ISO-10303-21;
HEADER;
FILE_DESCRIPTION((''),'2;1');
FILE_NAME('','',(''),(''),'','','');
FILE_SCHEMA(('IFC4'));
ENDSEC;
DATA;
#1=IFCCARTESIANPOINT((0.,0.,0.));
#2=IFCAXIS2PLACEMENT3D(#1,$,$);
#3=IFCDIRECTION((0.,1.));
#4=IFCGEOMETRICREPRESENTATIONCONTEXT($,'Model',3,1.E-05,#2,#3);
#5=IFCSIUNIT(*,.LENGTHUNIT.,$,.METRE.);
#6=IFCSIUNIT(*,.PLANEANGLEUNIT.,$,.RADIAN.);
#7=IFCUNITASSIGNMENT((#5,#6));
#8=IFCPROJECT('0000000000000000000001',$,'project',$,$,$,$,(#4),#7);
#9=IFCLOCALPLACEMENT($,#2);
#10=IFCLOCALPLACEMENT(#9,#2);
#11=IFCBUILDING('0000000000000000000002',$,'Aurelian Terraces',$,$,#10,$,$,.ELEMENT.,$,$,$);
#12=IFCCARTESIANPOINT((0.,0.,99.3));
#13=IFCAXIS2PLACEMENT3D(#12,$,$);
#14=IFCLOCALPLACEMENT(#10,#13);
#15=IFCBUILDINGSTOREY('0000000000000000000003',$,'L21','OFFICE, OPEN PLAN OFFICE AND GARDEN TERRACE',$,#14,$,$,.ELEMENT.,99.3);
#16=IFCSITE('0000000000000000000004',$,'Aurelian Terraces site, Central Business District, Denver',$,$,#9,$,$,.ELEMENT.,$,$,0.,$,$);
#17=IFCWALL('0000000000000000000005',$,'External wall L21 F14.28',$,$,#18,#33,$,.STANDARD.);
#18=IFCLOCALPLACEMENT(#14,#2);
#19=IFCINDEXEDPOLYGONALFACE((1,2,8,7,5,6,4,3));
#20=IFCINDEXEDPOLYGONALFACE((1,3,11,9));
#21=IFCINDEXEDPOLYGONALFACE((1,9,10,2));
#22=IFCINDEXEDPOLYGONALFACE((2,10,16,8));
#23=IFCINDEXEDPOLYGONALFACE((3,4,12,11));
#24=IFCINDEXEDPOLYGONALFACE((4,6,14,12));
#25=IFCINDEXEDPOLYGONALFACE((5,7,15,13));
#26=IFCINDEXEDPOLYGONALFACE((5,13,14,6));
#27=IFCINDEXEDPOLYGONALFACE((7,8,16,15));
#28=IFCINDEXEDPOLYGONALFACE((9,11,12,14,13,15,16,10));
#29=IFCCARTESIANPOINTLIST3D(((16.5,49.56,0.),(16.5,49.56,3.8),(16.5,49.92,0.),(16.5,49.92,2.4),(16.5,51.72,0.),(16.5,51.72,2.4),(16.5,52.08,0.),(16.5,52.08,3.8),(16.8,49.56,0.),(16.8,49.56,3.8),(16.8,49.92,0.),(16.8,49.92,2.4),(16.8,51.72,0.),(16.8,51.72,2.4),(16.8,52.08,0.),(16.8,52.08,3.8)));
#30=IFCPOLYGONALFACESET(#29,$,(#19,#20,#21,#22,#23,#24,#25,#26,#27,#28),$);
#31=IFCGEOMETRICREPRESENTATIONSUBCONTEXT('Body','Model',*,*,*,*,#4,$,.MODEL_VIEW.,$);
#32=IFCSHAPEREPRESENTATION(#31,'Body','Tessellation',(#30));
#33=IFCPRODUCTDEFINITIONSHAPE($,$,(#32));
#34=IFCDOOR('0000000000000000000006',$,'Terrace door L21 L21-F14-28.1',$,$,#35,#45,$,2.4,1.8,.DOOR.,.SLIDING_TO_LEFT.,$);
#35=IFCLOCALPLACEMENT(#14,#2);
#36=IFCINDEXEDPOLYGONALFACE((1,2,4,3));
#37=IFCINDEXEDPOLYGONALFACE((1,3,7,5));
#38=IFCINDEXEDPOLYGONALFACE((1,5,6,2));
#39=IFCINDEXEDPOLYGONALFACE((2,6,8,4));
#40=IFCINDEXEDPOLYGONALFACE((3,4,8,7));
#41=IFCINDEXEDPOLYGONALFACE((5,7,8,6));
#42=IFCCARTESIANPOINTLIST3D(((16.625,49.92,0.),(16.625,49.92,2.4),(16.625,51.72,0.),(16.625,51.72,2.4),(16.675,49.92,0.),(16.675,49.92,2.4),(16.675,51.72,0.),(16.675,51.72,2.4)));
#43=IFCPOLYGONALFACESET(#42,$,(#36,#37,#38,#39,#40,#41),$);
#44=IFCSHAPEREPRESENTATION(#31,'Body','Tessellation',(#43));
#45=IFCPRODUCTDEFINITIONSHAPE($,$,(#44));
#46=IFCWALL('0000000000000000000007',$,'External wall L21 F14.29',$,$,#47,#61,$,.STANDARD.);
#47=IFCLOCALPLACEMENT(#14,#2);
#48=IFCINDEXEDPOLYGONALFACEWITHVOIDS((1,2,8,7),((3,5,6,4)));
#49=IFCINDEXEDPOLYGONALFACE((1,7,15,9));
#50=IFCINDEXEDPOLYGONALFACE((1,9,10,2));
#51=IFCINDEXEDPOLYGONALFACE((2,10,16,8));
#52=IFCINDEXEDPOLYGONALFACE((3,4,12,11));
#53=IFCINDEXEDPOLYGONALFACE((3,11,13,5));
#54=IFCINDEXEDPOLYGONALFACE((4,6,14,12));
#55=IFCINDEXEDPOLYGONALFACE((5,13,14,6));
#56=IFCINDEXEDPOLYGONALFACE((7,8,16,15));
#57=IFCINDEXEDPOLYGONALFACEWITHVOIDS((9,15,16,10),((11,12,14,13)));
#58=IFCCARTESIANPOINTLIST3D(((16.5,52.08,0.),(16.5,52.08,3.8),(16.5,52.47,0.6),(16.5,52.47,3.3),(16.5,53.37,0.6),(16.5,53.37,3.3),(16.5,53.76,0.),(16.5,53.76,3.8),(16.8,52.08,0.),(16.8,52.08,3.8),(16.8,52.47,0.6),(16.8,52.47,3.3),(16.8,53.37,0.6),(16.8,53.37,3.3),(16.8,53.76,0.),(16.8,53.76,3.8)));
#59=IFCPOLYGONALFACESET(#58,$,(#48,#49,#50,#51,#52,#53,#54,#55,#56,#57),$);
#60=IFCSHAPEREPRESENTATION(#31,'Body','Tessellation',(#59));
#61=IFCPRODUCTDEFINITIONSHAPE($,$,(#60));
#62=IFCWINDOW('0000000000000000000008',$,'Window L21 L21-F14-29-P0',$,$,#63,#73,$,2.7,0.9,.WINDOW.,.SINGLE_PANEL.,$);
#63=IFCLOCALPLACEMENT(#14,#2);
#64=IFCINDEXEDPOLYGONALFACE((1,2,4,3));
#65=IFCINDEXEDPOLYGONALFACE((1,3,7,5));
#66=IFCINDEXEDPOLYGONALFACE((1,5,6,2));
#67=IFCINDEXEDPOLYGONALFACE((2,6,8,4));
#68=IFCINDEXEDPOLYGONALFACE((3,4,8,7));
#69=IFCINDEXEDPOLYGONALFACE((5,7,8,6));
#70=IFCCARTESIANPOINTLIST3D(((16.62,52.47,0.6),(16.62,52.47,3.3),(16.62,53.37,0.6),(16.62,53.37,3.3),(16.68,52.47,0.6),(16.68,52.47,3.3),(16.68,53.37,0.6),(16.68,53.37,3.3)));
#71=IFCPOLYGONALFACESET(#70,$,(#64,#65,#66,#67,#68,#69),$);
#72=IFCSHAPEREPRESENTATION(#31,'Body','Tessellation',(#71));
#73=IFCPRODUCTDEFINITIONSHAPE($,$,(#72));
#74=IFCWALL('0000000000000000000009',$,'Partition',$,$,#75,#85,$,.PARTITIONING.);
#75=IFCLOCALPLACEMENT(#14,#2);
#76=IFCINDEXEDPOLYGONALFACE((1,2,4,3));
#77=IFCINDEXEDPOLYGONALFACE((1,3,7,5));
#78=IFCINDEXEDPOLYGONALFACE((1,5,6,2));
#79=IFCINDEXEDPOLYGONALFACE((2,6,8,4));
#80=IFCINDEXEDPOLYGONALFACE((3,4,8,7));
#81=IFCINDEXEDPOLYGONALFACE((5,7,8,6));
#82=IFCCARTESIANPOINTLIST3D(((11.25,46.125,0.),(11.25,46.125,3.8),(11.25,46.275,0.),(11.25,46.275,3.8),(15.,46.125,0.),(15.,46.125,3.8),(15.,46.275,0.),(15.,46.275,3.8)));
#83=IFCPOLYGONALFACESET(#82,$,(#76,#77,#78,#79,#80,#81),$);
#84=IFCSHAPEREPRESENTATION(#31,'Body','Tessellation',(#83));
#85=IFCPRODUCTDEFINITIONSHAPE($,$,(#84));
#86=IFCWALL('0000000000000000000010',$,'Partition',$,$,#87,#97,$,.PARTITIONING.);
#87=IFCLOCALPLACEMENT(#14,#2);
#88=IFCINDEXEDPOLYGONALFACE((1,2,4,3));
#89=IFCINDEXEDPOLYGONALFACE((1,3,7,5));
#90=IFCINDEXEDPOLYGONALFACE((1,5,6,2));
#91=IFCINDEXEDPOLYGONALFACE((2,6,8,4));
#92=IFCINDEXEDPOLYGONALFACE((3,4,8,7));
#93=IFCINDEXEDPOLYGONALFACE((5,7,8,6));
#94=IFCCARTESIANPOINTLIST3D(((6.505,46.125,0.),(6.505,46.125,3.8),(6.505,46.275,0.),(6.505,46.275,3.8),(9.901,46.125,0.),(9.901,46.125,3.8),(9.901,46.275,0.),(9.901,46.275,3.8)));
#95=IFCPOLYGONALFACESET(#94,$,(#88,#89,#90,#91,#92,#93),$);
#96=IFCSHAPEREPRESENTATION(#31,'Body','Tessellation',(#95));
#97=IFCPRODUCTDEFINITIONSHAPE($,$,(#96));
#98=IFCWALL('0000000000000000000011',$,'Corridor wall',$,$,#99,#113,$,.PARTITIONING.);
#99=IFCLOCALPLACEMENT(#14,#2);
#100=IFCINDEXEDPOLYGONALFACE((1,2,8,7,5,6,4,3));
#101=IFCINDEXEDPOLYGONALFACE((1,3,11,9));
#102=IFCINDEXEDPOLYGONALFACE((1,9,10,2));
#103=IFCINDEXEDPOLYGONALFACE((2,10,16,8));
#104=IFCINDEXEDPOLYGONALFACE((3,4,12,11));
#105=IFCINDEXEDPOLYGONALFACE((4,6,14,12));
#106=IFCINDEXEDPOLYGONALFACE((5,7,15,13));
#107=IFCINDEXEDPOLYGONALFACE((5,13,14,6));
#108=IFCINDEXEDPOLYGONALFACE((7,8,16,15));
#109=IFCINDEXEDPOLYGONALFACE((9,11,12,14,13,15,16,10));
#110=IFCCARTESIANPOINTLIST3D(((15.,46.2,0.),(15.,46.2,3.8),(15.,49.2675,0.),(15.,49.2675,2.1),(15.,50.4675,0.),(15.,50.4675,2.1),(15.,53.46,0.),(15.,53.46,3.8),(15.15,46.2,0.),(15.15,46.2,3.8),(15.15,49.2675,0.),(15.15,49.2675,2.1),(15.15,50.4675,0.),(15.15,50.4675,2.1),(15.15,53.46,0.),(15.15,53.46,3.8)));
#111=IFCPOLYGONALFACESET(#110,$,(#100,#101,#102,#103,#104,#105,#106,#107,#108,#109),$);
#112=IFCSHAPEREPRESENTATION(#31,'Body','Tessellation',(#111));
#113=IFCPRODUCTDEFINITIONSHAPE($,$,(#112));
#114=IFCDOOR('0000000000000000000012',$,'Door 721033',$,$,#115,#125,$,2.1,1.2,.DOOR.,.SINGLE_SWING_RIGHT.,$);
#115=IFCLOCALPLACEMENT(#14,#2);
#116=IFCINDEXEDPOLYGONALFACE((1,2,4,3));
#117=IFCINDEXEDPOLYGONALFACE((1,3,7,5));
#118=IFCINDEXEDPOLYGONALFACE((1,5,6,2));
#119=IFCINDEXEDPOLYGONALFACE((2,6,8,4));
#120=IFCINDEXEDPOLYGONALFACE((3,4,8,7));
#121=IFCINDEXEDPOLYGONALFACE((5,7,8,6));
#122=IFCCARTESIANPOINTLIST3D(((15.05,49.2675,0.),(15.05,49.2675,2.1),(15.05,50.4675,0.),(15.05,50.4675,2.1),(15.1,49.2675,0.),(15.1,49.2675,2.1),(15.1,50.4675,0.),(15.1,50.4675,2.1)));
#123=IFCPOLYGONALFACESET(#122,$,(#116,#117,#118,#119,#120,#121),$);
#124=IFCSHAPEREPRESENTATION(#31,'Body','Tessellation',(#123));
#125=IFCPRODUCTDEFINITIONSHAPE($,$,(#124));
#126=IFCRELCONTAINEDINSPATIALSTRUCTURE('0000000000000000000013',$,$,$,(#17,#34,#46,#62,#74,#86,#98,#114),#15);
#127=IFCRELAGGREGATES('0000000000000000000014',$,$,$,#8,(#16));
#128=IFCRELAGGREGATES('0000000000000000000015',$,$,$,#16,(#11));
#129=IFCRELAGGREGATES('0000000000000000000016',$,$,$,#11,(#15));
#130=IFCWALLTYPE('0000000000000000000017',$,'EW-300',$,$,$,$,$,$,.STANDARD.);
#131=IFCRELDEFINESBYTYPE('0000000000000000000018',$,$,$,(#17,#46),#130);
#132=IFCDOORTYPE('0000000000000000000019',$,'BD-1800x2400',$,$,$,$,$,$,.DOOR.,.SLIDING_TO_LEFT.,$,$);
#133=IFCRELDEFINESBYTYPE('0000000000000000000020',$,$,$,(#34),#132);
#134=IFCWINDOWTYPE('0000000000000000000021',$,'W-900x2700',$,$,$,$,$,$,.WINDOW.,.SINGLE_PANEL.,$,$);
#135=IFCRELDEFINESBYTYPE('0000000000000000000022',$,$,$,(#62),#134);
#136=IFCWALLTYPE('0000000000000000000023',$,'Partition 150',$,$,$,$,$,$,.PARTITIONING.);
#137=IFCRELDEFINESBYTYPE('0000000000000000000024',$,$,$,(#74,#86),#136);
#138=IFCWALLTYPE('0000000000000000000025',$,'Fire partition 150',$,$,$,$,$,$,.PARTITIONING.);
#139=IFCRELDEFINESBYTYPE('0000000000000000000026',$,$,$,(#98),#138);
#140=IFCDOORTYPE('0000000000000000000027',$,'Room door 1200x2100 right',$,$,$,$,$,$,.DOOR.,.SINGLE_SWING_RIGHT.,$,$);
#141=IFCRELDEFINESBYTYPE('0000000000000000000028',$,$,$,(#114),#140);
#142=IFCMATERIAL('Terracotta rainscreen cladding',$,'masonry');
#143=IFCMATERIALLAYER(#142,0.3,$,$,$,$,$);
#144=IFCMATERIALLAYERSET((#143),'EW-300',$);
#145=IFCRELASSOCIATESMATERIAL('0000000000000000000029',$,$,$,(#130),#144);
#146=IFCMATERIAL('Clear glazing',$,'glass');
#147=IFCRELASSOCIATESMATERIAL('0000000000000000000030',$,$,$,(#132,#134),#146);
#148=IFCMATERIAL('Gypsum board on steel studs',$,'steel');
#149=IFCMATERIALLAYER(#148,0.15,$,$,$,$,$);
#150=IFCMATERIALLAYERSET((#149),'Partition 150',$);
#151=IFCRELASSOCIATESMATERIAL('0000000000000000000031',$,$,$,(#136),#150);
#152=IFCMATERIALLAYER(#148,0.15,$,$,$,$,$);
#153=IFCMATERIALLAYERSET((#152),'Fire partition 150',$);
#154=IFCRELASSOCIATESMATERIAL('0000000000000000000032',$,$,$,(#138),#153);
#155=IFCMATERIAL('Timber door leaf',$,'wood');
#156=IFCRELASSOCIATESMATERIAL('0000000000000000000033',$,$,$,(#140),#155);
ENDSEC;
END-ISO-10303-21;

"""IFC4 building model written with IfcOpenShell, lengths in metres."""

from ifc_helpers import new_model, si_unit, direction, frame, frame_2d, origin, place, context, subcontext, project, spatial, rectangle, extrude, source, transform, mapped, material, layer, layer_set, type_object, element, fill, save


model = new_model("IFC4")

# Units and contexts
model_context = context("Model", 3, precision=1e-05, world=origin(), true_north=direction((0.0, 1.0)))
body_context = subcontext(model_context, "Body", "Model", "MODEL_VIEW")
ifc_project = project(units=[si_unit("LENGTHUNIT", "METRE"), si_unit("PLANEANGLEUNIT", "RADIAN")], contexts=[model_context])

# Site, building, storey
site_placement = place(None, origin())
site = spatial("IfcSite", under=ifc_project, at=site_placement, Name="Aurelian Terraces site, Central Business District, Denver", CompositionType="ELEMENT", RefElevation=0.0)
building_placement = place(site_placement, origin())
building = spatial("IfcBuilding", under=site, at=building_placement, Name="Aurelian Terraces", CompositionType="ELEMENT")
storey_placement = place(building_placement, frame((0.0, 0.0, 99.3)))
storey = spatial("IfcBuildingStorey", under=building, at=storey_placement, Name="L21", Description="OFFICE, OPEN PLAN OFFICE AND GARDEN TERRACE", CompositionType="ELEMENT", Elevation=99.3)

# Shared definitions
ifc_material_1 = material(Name="Terracotta rainscreen cladding", Category="masonry")
ifc_layer_1 = layer(ifc_material_1, 0.3)
ifc_layer_set_1 = layer_set([ifc_layer_1], Name="EW-300")
wall_type_1 = type_object("IfcWallType", Name="EW-300", PredefinedType="STANDARD", material=ifc_layer_set_1)
shared_shape_1 = source(origin(), body_context, "Body", "SweptSolid", [
    extrude(rectangle(XDim=1.8, YDim=2.4, at=frame_2d((0.9, 1.2))), frame((0.0, 0.16, 0.0), z_axis=(0.0, -1.0, 0.0), x_axis=(1.0, 0.0, 0.0)), (0.0, 0.0, 1.0), 0.32),
])
ifc_material_2 = material(Name="Clear glazing", Category="glass")
door_type_1 = type_object("IfcDoorType", Name="BD-1800x2400", OperationType="SLIDING_TO_LEFT", PredefinedType="DOOR", material=ifc_material_2)
shared_shape_2 = source(origin(), body_context, "Body", "SweptSolid", [
    extrude(rectangle(XDim=1.8, YDim=2.4, at=frame_2d((0.9, 1.2))), frame((0.0, 0.025, 0.0), z_axis=(0.0, -1.0, 0.0), x_axis=(1.0, 0.0, 0.0)), (0.0, 0.0, 1.0), 0.05),
])

# Shared definitions
ifc_material_3 = material(Name="Gypsum board on steel studs", Category="steel")
ifc_layer_2 = layer(ifc_material_3, 0.15)
ifc_layer_set_2 = layer_set([ifc_layer_2], Name="Partition 150")
wall_type_2 = type_object("IfcWallType", Name="Partition 150", PredefinedType="PARTITIONING", material=ifc_layer_set_2)

# Shared definitions
ifc_material_4 = material(Name="Timber door leaf", Category="wood")

# Wall, opening, door
shared_shape_3 = source(origin(), body_context, "Body", "SweptSolid", [
    extrude(rectangle(XDim=2.52, YDim=0.3, at=frame_2d((1.26, 0.0))), origin(), (0.0, 0.0, 1.0), 3.8),
])
wall_1_placement = place(storey_placement, frame((16.65, 49.56, 0.0), z_axis=(0.0, 0.0, 1.0), x_axis=(0.0, 1.0, 0.0)))
wall_1 = element("IfcWall", 1, at=wall_1_placement, inside=storey, type_object=wall_type_1, Name="External wall L21 F14.28", PredefinedType="STANDARD", context=body_context, shape_type="MappedRepresentation", body=[
    mapped(shared_shape_3, transform((0.0, 0.0, 0.0), scale=1.0)),
])
opening_1_placement = place(wall_1_placement, frame((0.36, 0.0, 0.0)))
opening_1 = element("IfcOpeningElement", 2, at=opening_1_placement, cuts=wall_1, PredefinedType="OPENING", context=body_context, shape_type="MappedRepresentation", body=[
    mapped(shared_shape_1, transform((0.0, 0.0, 0.0), scale=1.0)),
])
door_1_placement = place(opening_1_placement, origin())
door_1 = element("IfcDoor", 3, at=door_1_placement, inside=storey, type_object=door_type_1, Name="Terrace door L21 L21-F14-28.1", OperationType="SLIDING_TO_LEFT", OverallHeight=2.4, OverallWidth=1.8, PredefinedType="DOOR", context=body_context, shape_type="MappedRepresentation", body=[
    mapped(shared_shape_2, transform((0.0, 0.0, 0.0), scale=1.0)),
])
fill(opening_1, door_1)

# Wall, opening, window
shared_shape_4 = source(origin(), body_context, "Body", "SweptSolid", [
    extrude(rectangle(XDim=1.68, YDim=0.3, at=frame_2d((0.84, 0.0))), origin(), (0.0, 0.0, 1.0), 3.8),
])
wall_2_placement = place(storey_placement, frame((16.65, 52.08, 0.0), z_axis=(0.0, 0.0, 1.0), x_axis=(0.0, 1.0, 0.0)))
wall_2 = element("IfcWall", 4, at=wall_2_placement, inside=storey, type_object=wall_type_1, Name="External wall L21 F14.29", PredefinedType="STANDARD", context=body_context, shape_type="MappedRepresentation", body=[
    mapped(shared_shape_4, transform((0.0, 0.0, 0.0), scale=1.0)),
])
shared_shape_5 = source(origin(), body_context, "Body", "SweptSolid", [
    extrude(rectangle(XDim=0.9, YDim=2.7, at=frame_2d((0.45, 1.35))), frame((0.0, 0.16, 0.0), z_axis=(0.0, -1.0, 0.0), x_axis=(1.0, 0.0, 0.0)), (0.0, 0.0, 1.0), 0.32),
])
opening_2_placement = place(wall_2_placement, frame((0.39, 0.0, 0.6)))
opening_2 = element("IfcOpeningElement", 5, at=opening_2_placement, cuts=wall_2, PredefinedType="OPENING", context=body_context, shape_type="MappedRepresentation", body=[
    mapped(shared_shape_5, transform((0.0, 0.0, 0.0), scale=1.0)),
])
window_type_1 = type_object("IfcWindowType", Name="W-900x2700", PartitioningType="SINGLE_PANEL", PredefinedType="WINDOW", material=ifc_material_2)
shared_shape_6 = source(origin(), body_context, "Body", "SweptSolid", [
    extrude(rectangle(XDim=0.9, YDim=2.7, at=frame_2d((0.45, 1.35))), frame((0.0, 0.03, 0.0), z_axis=(0.0, -1.0, 0.0), x_axis=(1.0, 0.0, 0.0)), (0.0, 0.0, 1.0), 0.06),
])
window_1_placement = place(opening_2_placement, origin())
window_1 = element("IfcWindow", 6, at=window_1_placement, inside=storey, type_object=window_type_1, Name="Window L21 L21-F14-29-P0", OverallHeight=2.7, OverallWidth=0.9, PartitioningType="SINGLE_PANEL", PredefinedType="WINDOW", context=body_context, shape_type="MappedRepresentation", body=[
    mapped(shared_shape_6, transform((0.0, 0.0, 0.0), scale=1.0)),
])
fill(opening_2, window_1)

# Walls
shared_shape_7 = source(origin(), body_context, "Body", "SweptSolid", [
    extrude(rectangle(XDim=3.75, YDim=0.15, at=frame_2d((1.875, 0.0))), origin(), (0.0, 0.0, 1.0), 3.8),
])
wall_3_placement = place(storey_placement, frame((15.0, 46.2, 0.0), z_axis=(0.0, 0.0, 1.0), x_axis=(-1.0, 0.0, 0.0)))
element("IfcWall", 7, at=wall_3_placement, inside=storey, type_object=wall_type_2, Name="Partition", PredefinedType="PARTITIONING", context=body_context, shape_type="MappedRepresentation", body=[
    mapped(shared_shape_7, transform((0.0, 0.0, 0.0), scale=1.0)),
])
shared_shape_8 = source(origin(), body_context, "Body", "SweptSolid", [
    extrude(rectangle(XDim=3.396, YDim=0.15, at=frame_2d((1.698, 0.0))), origin(), (0.0, 0.0, 1.0), 3.8),
])
wall_4_placement = place(storey_placement, frame((9.901, 46.2, 0.0), z_axis=(0.0, 0.0, 1.0), x_axis=(-1.0, 0.0, 0.0)))
element("IfcWall", 8, at=wall_4_placement, inside=storey, type_object=wall_type_2, Name="Partition", PredefinedType="PARTITIONING", context=body_context, shape_type="MappedRepresentation", body=[
    mapped(shared_shape_8, transform((0.0, 0.0, 0.0), scale=1.0)),
])

# Wall, opening, door
ifc_layer_3 = layer(ifc_material_3, 0.15)
ifc_layer_set_3 = layer_set([ifc_layer_3], Name="Fire partition 150")
wall_type_3 = type_object("IfcWallType", Name="Fire partition 150", PredefinedType="PARTITIONING", material=ifc_layer_set_3)
shared_shape_9 = source(origin(), body_context, "Body", "SweptSolid", [
    extrude(rectangle(XDim=7.26, YDim=0.15, at=frame_2d((3.63, 0.0))), origin(), (0.0, 0.0, 1.0), 3.8),
])
wall_5_placement = place(storey_placement, frame((15.075, 46.2, 0.0), z_axis=(0.0, 0.0, 1.0), x_axis=(0.0, 1.0, 0.0)))
wall_5 = element("IfcWall", 9, at=wall_5_placement, inside=storey, type_object=wall_type_3, Name="Corridor wall", PredefinedType="PARTITIONING", context=body_context, shape_type="MappedRepresentation", body=[
    mapped(shared_shape_9, transform((0.0, 0.0, 0.0), scale=1.0)),
])
shared_shape_10 = source(origin(), body_context, "Body", "SweptSolid", [
    extrude(rectangle(XDim=1.2, YDim=2.1, at=frame_2d((0.6, 1.05))), frame((0.0, 0.085, 0.0), z_axis=(0.0, -1.0, 0.0), x_axis=(1.0, 0.0, 0.0)), (0.0, 0.0, 1.0), 0.17),
])
opening_3_placement = place(wall_5_placement, frame((3.0675, 0.0, 0.0)))
opening_3 = element("IfcOpeningElement", 10, at=opening_3_placement, cuts=wall_5, PredefinedType="OPENING", context=body_context, shape_type="MappedRepresentation", body=[
    mapped(shared_shape_10, transform((0.0, 0.0, 0.0), scale=1.0)),
])
door_type_2 = type_object("IfcDoorType", Name="Room door 1200x2100 right", OperationType="SINGLE_SWING_RIGHT", PredefinedType="DOOR", material=ifc_material_4)
shared_shape_11 = source(origin(), body_context, "Body", "SweptSolid", [
    extrude(rectangle(XDim=1.2, YDim=2.1, at=frame_2d((0.6, 1.05))), frame((0.0, 0.025, 0.0), z_axis=(0.0, -1.0, 0.0), x_axis=(1.0, 0.0, 0.0)), (0.0, 0.0, 1.0), 0.05),
])
door_2_placement = place(opening_3_placement, origin())
door_2 = element("IfcDoor", 11, at=door_2_placement, inside=storey, type_object=door_type_2, Name="Door 721033", OperationType="SINGLE_SWING_RIGHT", OverallHeight=2.1, OverallWidth=1.2, PredefinedType="DOOR", context=body_context, shape_type="MappedRepresentation", body=[
    mapped(shared_shape_11, transform((0.0, 0.0, 0.0), scale=1.0)),
])
fill(opening_3, door_2)

save(model, "model.ifc")
